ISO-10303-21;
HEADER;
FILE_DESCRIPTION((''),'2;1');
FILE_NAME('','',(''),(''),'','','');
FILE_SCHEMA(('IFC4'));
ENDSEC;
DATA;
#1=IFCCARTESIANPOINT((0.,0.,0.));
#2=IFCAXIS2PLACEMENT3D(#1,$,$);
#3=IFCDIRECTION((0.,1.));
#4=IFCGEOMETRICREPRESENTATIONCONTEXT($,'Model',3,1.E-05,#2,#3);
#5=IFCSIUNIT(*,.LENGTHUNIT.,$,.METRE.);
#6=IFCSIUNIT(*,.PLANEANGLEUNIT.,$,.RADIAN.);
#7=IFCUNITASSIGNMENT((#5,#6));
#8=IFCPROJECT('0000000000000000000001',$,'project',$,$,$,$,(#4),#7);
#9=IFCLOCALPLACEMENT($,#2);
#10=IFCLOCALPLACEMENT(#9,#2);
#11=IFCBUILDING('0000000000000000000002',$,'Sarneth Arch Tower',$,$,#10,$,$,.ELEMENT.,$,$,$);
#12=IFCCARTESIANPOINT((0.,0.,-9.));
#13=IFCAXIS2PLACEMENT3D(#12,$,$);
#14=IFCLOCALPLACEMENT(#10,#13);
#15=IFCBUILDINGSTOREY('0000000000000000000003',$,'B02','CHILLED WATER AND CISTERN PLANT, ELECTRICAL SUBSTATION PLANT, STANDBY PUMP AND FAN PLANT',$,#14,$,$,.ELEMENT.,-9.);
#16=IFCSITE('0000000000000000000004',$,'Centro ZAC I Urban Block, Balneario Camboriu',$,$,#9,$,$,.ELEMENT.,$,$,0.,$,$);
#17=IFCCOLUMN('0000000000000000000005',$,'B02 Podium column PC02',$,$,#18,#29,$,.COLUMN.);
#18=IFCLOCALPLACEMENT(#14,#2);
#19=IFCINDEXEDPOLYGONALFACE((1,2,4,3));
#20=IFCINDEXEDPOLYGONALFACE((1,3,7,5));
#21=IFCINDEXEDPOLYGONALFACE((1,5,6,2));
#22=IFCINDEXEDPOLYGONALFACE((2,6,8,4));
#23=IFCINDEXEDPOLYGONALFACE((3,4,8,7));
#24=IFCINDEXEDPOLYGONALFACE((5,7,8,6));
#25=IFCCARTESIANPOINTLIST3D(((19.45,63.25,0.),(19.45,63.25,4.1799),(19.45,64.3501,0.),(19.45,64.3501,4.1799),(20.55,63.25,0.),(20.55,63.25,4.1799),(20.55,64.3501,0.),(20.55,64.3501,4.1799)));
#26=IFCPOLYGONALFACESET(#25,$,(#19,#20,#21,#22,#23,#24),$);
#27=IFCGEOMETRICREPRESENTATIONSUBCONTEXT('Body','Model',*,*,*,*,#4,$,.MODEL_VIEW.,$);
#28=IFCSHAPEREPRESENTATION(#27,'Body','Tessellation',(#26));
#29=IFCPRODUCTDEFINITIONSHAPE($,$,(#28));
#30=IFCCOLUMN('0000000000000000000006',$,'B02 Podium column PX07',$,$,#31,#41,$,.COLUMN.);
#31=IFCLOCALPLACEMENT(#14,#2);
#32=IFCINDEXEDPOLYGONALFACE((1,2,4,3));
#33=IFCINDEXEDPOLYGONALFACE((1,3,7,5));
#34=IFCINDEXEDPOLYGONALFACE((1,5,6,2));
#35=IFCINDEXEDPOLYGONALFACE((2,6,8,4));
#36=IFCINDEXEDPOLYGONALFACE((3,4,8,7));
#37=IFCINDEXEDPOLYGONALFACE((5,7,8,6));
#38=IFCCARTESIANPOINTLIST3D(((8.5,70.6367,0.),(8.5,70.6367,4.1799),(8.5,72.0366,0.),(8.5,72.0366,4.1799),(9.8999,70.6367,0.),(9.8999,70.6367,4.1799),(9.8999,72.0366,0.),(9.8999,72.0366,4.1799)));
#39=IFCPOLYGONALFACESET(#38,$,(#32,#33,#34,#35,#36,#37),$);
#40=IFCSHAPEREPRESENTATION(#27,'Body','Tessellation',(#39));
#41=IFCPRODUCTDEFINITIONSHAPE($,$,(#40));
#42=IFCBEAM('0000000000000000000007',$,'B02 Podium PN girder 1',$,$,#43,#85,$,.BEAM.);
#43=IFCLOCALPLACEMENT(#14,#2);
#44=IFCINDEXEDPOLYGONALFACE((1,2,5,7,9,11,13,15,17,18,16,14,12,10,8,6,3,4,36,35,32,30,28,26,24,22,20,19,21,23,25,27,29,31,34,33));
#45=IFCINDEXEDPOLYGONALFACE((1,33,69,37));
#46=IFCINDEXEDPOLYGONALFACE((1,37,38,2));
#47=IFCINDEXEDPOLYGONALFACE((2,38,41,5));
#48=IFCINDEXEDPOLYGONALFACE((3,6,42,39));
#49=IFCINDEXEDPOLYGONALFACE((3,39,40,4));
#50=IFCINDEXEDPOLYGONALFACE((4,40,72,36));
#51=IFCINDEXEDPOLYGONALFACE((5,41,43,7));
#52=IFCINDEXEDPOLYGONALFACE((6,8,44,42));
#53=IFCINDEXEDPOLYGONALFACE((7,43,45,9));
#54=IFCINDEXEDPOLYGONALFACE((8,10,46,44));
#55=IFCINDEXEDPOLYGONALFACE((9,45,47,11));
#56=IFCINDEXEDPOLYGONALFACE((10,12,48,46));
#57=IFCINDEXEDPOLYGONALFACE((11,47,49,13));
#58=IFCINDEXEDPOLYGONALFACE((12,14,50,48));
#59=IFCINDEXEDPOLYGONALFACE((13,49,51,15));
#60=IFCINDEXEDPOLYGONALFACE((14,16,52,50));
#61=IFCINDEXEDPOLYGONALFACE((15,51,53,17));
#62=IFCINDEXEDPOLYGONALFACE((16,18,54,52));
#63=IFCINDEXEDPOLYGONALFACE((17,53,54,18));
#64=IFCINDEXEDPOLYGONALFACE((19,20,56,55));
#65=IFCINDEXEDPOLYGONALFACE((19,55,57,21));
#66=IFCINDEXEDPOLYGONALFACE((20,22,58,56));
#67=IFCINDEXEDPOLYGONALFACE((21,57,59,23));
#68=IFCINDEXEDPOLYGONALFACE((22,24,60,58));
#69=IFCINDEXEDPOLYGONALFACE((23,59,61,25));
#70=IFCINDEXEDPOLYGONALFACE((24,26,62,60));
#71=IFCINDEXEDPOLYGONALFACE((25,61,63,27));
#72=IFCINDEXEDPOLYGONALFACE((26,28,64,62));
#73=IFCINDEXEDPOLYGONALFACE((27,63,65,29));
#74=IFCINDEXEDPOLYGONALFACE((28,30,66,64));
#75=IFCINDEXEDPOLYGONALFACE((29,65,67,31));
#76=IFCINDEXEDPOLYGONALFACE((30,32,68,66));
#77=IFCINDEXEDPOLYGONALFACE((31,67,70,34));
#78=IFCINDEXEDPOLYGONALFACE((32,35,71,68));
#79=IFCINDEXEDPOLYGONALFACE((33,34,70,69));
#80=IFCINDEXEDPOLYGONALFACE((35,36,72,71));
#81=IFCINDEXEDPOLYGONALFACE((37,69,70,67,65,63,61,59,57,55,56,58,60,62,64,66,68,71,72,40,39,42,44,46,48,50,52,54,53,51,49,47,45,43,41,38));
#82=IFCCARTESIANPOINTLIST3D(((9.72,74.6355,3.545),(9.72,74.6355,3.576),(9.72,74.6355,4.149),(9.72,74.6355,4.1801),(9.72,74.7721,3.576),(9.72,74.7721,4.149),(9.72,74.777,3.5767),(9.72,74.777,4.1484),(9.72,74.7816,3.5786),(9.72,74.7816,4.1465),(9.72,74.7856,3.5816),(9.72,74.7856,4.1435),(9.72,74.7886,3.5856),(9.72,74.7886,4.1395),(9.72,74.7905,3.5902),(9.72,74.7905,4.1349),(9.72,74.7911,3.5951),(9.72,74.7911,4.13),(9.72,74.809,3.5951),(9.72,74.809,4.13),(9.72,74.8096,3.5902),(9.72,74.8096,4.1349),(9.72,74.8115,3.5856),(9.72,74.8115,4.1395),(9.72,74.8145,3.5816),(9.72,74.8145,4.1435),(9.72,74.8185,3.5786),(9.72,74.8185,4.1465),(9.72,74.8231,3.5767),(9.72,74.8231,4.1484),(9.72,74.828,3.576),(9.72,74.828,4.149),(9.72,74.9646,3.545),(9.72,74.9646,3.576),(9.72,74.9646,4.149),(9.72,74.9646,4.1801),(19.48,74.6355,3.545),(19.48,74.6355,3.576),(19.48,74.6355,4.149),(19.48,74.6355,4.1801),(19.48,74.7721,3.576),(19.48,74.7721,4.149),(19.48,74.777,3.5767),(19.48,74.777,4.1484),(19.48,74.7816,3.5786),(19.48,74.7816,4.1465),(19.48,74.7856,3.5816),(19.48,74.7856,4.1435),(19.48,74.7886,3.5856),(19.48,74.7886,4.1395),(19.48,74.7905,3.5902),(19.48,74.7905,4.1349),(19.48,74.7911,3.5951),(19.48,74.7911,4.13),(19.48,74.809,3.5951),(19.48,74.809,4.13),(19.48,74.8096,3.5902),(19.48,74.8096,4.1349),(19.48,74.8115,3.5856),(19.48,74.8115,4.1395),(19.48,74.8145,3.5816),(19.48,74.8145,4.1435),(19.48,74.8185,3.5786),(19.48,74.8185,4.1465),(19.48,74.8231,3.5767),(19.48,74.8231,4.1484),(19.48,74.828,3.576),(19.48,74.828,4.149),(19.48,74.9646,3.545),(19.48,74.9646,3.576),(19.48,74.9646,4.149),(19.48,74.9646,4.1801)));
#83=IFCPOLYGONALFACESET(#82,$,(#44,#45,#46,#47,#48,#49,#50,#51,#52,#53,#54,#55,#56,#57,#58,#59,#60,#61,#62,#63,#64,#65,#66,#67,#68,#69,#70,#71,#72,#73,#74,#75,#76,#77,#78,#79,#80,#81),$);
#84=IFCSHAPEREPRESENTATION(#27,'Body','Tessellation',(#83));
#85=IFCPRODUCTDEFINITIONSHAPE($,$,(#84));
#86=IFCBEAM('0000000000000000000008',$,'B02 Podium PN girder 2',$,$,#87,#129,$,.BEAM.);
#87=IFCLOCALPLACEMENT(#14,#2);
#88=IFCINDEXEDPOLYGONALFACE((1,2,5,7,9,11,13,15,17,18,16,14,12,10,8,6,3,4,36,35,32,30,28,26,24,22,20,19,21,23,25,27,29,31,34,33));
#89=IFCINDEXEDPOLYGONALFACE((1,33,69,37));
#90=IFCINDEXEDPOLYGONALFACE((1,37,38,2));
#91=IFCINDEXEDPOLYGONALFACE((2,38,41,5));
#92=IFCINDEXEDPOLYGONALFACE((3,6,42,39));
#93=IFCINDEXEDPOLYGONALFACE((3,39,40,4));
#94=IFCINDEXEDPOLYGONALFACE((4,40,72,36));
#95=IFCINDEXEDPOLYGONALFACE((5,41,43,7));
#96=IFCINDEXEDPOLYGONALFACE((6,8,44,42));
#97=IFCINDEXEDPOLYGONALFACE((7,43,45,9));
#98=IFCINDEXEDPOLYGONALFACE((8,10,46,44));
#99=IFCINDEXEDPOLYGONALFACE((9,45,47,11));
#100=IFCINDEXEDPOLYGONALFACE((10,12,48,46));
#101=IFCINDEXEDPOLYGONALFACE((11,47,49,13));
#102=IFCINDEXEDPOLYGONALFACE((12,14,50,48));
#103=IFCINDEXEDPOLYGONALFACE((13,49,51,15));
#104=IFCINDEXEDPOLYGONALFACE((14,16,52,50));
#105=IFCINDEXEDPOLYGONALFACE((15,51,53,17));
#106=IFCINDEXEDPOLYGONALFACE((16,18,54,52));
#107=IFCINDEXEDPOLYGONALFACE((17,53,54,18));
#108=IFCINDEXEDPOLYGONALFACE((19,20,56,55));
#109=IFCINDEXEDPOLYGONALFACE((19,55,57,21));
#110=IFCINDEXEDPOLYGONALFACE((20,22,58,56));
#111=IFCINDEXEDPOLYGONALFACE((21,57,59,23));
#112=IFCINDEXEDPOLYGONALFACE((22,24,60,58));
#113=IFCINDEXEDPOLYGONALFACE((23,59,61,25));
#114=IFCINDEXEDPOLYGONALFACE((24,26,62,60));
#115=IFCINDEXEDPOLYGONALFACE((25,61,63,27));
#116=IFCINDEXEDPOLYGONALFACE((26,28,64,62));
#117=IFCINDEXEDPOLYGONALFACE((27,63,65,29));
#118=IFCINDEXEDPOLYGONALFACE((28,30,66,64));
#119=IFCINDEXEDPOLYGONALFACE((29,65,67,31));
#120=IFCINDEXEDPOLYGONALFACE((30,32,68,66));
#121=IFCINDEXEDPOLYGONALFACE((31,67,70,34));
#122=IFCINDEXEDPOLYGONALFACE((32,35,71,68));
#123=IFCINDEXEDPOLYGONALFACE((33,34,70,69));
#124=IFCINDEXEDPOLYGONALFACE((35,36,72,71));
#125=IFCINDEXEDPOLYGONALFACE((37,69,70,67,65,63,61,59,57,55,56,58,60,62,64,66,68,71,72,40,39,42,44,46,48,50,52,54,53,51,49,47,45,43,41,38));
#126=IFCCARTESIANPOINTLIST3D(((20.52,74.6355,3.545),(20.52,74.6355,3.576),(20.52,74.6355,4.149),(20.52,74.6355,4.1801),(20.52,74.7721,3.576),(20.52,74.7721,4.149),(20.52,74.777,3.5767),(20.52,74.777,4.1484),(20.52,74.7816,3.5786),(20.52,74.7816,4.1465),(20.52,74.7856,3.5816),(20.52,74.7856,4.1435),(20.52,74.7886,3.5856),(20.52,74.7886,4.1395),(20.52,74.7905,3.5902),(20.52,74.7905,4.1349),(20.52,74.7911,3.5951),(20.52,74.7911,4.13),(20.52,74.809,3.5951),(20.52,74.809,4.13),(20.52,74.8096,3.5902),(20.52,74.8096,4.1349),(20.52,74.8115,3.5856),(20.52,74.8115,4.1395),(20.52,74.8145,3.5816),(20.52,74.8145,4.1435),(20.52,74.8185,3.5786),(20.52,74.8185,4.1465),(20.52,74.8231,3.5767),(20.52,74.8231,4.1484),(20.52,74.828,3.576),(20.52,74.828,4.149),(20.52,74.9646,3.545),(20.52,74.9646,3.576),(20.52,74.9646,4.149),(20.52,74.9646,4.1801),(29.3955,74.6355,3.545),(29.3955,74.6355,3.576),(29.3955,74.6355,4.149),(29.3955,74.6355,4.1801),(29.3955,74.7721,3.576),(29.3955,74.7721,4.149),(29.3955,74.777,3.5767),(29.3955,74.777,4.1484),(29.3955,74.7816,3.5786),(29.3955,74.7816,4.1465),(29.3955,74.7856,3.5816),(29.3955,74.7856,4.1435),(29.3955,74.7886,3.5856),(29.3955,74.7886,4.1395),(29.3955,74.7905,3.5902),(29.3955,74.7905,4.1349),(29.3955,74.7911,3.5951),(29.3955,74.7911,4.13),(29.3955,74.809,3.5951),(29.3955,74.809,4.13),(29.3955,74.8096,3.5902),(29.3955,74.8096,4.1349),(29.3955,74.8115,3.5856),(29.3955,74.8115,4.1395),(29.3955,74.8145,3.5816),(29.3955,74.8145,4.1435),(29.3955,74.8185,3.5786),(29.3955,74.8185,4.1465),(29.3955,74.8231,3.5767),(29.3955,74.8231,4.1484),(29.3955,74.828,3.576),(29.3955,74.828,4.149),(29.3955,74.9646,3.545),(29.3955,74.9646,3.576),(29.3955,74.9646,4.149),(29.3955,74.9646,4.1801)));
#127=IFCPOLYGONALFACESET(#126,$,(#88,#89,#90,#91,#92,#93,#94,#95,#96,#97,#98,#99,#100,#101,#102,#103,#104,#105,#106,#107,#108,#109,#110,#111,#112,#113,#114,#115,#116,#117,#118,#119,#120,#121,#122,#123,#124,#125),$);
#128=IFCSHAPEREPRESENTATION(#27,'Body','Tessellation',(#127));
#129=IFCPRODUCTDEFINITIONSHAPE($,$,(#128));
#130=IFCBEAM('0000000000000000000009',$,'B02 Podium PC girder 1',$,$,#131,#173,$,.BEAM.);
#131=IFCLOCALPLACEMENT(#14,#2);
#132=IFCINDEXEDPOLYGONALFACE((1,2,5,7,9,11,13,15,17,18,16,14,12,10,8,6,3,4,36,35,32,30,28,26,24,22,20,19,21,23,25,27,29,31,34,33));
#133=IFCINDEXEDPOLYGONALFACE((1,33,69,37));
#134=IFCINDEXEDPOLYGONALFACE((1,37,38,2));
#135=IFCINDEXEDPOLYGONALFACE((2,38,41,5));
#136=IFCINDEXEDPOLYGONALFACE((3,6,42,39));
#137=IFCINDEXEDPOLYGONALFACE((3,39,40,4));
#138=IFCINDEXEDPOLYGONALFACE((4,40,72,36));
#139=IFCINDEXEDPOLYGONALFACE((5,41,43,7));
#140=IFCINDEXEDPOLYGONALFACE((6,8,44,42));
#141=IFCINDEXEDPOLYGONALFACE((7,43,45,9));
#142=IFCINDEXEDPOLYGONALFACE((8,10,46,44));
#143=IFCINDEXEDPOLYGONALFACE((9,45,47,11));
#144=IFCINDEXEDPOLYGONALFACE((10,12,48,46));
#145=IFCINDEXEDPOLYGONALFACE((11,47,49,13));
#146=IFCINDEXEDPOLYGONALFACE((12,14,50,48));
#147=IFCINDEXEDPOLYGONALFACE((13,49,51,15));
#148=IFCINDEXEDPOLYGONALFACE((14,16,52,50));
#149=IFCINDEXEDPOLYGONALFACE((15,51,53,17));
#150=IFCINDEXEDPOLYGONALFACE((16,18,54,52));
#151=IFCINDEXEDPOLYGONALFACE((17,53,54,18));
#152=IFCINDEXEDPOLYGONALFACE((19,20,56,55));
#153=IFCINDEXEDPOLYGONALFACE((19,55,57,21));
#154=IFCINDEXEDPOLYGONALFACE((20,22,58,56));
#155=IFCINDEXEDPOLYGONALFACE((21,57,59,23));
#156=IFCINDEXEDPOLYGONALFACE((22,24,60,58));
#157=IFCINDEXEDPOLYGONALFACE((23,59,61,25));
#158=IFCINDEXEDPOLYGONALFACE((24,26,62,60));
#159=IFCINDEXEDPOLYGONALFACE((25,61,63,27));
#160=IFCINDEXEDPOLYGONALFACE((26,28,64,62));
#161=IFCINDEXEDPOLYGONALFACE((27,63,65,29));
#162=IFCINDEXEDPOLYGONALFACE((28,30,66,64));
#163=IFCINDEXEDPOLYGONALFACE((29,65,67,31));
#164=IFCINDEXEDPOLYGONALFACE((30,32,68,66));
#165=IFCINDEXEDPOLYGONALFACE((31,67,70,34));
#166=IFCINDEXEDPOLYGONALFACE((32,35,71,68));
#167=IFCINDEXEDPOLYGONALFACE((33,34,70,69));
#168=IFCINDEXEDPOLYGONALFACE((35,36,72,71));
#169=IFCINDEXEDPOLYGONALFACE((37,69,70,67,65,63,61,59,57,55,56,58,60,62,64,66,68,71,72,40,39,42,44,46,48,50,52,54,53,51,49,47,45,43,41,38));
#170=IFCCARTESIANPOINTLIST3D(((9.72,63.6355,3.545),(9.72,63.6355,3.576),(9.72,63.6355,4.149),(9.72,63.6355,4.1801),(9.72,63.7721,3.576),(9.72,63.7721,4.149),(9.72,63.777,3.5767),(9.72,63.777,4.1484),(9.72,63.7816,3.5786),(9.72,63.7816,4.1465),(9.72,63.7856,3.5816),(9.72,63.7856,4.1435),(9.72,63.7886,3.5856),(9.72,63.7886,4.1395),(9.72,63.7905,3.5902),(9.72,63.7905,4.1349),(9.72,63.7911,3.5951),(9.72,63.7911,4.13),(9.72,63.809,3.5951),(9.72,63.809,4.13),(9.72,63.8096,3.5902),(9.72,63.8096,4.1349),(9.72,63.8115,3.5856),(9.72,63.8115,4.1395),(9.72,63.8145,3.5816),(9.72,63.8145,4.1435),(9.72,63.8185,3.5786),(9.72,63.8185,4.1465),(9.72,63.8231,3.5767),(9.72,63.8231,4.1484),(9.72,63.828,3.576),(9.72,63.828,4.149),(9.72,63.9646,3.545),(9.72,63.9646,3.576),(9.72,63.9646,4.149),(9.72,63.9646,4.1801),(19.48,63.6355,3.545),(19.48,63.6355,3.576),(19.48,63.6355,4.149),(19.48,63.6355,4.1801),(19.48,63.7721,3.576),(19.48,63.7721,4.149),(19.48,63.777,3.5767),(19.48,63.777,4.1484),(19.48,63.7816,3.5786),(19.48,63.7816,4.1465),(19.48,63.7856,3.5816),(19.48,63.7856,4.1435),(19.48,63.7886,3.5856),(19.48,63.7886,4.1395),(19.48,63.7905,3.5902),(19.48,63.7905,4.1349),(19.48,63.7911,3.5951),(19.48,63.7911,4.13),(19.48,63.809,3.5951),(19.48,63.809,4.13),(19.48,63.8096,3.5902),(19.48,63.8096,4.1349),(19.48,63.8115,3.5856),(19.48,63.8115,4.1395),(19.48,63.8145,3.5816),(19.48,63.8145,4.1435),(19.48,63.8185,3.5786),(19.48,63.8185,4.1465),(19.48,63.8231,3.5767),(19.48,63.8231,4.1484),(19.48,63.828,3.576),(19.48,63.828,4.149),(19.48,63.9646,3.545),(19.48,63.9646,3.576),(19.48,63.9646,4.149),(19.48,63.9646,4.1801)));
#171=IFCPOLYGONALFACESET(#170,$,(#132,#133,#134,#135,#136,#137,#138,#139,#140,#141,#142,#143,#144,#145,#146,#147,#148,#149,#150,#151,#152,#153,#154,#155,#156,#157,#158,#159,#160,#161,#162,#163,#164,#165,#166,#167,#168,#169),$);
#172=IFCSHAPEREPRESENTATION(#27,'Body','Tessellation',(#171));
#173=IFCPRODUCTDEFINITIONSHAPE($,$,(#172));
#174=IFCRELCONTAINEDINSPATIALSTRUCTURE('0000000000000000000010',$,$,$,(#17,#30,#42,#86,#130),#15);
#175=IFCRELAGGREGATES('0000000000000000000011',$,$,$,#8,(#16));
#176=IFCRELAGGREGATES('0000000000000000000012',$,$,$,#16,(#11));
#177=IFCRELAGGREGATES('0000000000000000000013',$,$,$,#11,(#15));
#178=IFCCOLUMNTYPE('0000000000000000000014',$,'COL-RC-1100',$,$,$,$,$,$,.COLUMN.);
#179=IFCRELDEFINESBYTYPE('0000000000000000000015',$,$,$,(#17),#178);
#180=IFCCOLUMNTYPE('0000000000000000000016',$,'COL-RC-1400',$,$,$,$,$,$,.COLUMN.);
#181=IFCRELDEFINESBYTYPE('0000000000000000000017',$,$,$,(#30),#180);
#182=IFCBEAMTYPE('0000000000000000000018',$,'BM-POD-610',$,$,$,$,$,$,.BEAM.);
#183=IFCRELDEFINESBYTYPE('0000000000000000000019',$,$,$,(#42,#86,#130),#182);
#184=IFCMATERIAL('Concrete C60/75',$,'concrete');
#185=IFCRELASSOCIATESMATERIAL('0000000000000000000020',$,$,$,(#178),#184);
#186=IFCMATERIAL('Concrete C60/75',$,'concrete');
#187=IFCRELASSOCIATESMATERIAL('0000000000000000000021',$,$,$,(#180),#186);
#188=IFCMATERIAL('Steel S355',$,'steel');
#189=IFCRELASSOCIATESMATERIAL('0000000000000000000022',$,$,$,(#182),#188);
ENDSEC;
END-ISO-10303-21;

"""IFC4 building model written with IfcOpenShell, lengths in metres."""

from ifc_helpers import new_model, si_unit, direction, frame, origin, origin_2d, place, context, subcontext, project, spatial, rectangle, i_section, extrude, material, material_profile, profile_set, type_object, element, save


model = new_model("IFC4")

# Units and contexts
model_context = context("Model", 3, precision=1e-05, world=origin(), true_north=direction((0.0, 1.0)))
body_context = subcontext(model_context, "Body", "Model", "MODEL_VIEW")
ifc_project = project(units=[si_unit("LENGTHUNIT", "METRE"), si_unit("PLANEANGLEUNIT", "RADIAN")], contexts=[model_context])

# Site, building, storey
site_placement = place(None, origin())
site = spatial("IfcSite", under=ifc_project, at=site_placement, Name="Centro ZAC I Urban Block, Balneario Camboriu", CompositionType="ELEMENT", RefElevation=0.0)
building_placement = place(site_placement, origin())
building = spatial("IfcBuilding", under=site, at=building_placement, Name="Sarneth Arch Tower", CompositionType="ELEMENT")
storey_placement = place(building_placement, frame((0.0, 0.0, -9.0)))
storey = spatial("IfcBuildingStorey", under=building, at=storey_placement, Name="B02", Description="CHILLED WATER AND CISTERN PLANT, ELECTRICAL SUBSTATION PLANT, STANDBY PUMP AND FAN PLANT", CompositionType="ELEMENT", Elevation=-9.0)

# Columns
ifc_material_1 = material(Name="Concrete C60/75", Category="concrete")
ifc_material_profile_1 = material_profile(ifc_material_1, rectangle(XDim=1.1001, YDim=1.1001, at=origin_2d()), Name="RC-1100x1100")
ifc_profile_set_1 = profile_set([ifc_material_profile_1], Name="Concrete C60/75")
column_type_1 = type_object("IfcColumnType", Name="COL-RC-1100", PredefinedType="COLUMN", material=ifc_profile_set_1)
for number, where, z_axis, x_axis, name in (
    (1, (20.0, 63.8, 0.0), (0.0, 0.0, 1.0), (1.0, 0.0, 0.0), "B02 Podium column PC02"),
):
    element("IfcColumn", number, at=place(storey_placement, frame(where, z_axis=z_axis, x_axis=x_axis)), inside=storey, type_object=column_type_1, Name=name, PredefinedType="COLUMN", context=body_context, shape_type="SweptSolid", body=[
        extrude(rectangle(XDim=1.1001, YDim=1.1001, at=origin_2d()), origin(), (0.0, 0.0, 1.0), 4.1799),
    ])
ifc_material_2 = material(Name="Concrete C60/75", Category="concrete")
ifc_material_profile_2 = material_profile(ifc_material_2, rectangle(XDim=1.3999, YDim=1.3999, at=origin_2d()), Name="RC-1400x1400")
ifc_profile_set_2 = profile_set([ifc_material_profile_2], Name="Concrete C60/75")
column_type_2 = type_object("IfcColumnType", Name="COL-RC-1400", PredefinedType="COLUMN", material=ifc_profile_set_2)
column_placement = place(storey_placement, frame((9.2, 71.3367, 0.0), z_axis=(0.0, 0.0, 1.0), x_axis=(1.0, 0.0, 0.0)))
element("IfcColumn", 2, at=column_placement, inside=storey, type_object=column_type_2, Name="B02 Podium column PX07", PredefinedType="COLUMN", context=body_context, shape_type="SweptSolid", body=[
    extrude(rectangle(XDim=1.3999, YDim=1.3999, at=origin_2d()), origin(), (0.0, 0.0, 1.0), 4.1799),
])

# Beams
ifc_material_3 = material(Name="Steel S355", Category="steel")
ifc_material_profile_3 = material_profile(ifc_material_3, i_section(OverallWidth=0.3291, OverallDepth=0.635, WebThickness=0.0178, FlangeThickness=0.031, FilletRadius=0.019, at=origin_2d()), Name="W610x241")
ifc_profile_set_3 = profile_set([ifc_material_profile_3], Name="Steel S355")
beam_type = type_object("IfcBeamType", Name="BM-POD-610", PredefinedType="BEAM", material=ifc_profile_set_3)
beam_1_placement = place(storey_placement, frame((9.72, 74.8, 3.8625), z_axis=(1.0, 0.0, 0.0), x_axis=(0.0, 1.0, 0.0)))
element("IfcBeam", 3, at=beam_1_placement, inside=storey, type_object=beam_type, Name="B02 Podium PN girder 1", PredefinedType="BEAM", context=body_context, shape_type="SweptSolid", body=[
    extrude(i_section(OverallWidth=0.3291, OverallDepth=0.635, WebThickness=0.0178, FlangeThickness=0.031, FilletRadius=0.019, at=origin_2d()), origin(), (0.0, 0.0, 1.0), 9.76),
])
beam_2_placement = place(storey_placement, frame((20.52, 74.8, 3.8625), z_axis=(1.0, 0.0, 0.0), x_axis=(0.0, 1.0, 0.0)))
element("IfcBeam", 4, at=beam_2_placement, inside=storey, type_object=beam_type, Name="B02 Podium PN girder 2", PredefinedType="BEAM", context=body_context, shape_type="SweptSolid", body=[
    extrude(i_section(OverallWidth=0.3291, OverallDepth=0.635, WebThickness=0.0178, FlangeThickness=0.031, FilletRadius=0.019, at=origin_2d()), origin(), (0.0, 0.0, 1.0), 8.8755),
])
beam_3_placement = place(storey_placement, frame((9.72, 63.8, 3.8625), z_axis=(1.0, 0.0, 0.0), x_axis=(0.0, 1.0, 0.0)))
element("IfcBeam", 5, at=beam_3_placement, inside=storey, type_object=beam_type, Name="B02 Podium PC girder 1", PredefinedType="BEAM", context=body_context, shape_type="SweptSolid", body=[
    extrude(i_section(OverallWidth=0.3291, OverallDepth=0.635, WebThickness=0.0178, FlangeThickness=0.031, FilletRadius=0.019, at=origin_2d()), origin(), (0.0, 0.0, 1.0), 9.76),
])

save(model, "model.ifc")
